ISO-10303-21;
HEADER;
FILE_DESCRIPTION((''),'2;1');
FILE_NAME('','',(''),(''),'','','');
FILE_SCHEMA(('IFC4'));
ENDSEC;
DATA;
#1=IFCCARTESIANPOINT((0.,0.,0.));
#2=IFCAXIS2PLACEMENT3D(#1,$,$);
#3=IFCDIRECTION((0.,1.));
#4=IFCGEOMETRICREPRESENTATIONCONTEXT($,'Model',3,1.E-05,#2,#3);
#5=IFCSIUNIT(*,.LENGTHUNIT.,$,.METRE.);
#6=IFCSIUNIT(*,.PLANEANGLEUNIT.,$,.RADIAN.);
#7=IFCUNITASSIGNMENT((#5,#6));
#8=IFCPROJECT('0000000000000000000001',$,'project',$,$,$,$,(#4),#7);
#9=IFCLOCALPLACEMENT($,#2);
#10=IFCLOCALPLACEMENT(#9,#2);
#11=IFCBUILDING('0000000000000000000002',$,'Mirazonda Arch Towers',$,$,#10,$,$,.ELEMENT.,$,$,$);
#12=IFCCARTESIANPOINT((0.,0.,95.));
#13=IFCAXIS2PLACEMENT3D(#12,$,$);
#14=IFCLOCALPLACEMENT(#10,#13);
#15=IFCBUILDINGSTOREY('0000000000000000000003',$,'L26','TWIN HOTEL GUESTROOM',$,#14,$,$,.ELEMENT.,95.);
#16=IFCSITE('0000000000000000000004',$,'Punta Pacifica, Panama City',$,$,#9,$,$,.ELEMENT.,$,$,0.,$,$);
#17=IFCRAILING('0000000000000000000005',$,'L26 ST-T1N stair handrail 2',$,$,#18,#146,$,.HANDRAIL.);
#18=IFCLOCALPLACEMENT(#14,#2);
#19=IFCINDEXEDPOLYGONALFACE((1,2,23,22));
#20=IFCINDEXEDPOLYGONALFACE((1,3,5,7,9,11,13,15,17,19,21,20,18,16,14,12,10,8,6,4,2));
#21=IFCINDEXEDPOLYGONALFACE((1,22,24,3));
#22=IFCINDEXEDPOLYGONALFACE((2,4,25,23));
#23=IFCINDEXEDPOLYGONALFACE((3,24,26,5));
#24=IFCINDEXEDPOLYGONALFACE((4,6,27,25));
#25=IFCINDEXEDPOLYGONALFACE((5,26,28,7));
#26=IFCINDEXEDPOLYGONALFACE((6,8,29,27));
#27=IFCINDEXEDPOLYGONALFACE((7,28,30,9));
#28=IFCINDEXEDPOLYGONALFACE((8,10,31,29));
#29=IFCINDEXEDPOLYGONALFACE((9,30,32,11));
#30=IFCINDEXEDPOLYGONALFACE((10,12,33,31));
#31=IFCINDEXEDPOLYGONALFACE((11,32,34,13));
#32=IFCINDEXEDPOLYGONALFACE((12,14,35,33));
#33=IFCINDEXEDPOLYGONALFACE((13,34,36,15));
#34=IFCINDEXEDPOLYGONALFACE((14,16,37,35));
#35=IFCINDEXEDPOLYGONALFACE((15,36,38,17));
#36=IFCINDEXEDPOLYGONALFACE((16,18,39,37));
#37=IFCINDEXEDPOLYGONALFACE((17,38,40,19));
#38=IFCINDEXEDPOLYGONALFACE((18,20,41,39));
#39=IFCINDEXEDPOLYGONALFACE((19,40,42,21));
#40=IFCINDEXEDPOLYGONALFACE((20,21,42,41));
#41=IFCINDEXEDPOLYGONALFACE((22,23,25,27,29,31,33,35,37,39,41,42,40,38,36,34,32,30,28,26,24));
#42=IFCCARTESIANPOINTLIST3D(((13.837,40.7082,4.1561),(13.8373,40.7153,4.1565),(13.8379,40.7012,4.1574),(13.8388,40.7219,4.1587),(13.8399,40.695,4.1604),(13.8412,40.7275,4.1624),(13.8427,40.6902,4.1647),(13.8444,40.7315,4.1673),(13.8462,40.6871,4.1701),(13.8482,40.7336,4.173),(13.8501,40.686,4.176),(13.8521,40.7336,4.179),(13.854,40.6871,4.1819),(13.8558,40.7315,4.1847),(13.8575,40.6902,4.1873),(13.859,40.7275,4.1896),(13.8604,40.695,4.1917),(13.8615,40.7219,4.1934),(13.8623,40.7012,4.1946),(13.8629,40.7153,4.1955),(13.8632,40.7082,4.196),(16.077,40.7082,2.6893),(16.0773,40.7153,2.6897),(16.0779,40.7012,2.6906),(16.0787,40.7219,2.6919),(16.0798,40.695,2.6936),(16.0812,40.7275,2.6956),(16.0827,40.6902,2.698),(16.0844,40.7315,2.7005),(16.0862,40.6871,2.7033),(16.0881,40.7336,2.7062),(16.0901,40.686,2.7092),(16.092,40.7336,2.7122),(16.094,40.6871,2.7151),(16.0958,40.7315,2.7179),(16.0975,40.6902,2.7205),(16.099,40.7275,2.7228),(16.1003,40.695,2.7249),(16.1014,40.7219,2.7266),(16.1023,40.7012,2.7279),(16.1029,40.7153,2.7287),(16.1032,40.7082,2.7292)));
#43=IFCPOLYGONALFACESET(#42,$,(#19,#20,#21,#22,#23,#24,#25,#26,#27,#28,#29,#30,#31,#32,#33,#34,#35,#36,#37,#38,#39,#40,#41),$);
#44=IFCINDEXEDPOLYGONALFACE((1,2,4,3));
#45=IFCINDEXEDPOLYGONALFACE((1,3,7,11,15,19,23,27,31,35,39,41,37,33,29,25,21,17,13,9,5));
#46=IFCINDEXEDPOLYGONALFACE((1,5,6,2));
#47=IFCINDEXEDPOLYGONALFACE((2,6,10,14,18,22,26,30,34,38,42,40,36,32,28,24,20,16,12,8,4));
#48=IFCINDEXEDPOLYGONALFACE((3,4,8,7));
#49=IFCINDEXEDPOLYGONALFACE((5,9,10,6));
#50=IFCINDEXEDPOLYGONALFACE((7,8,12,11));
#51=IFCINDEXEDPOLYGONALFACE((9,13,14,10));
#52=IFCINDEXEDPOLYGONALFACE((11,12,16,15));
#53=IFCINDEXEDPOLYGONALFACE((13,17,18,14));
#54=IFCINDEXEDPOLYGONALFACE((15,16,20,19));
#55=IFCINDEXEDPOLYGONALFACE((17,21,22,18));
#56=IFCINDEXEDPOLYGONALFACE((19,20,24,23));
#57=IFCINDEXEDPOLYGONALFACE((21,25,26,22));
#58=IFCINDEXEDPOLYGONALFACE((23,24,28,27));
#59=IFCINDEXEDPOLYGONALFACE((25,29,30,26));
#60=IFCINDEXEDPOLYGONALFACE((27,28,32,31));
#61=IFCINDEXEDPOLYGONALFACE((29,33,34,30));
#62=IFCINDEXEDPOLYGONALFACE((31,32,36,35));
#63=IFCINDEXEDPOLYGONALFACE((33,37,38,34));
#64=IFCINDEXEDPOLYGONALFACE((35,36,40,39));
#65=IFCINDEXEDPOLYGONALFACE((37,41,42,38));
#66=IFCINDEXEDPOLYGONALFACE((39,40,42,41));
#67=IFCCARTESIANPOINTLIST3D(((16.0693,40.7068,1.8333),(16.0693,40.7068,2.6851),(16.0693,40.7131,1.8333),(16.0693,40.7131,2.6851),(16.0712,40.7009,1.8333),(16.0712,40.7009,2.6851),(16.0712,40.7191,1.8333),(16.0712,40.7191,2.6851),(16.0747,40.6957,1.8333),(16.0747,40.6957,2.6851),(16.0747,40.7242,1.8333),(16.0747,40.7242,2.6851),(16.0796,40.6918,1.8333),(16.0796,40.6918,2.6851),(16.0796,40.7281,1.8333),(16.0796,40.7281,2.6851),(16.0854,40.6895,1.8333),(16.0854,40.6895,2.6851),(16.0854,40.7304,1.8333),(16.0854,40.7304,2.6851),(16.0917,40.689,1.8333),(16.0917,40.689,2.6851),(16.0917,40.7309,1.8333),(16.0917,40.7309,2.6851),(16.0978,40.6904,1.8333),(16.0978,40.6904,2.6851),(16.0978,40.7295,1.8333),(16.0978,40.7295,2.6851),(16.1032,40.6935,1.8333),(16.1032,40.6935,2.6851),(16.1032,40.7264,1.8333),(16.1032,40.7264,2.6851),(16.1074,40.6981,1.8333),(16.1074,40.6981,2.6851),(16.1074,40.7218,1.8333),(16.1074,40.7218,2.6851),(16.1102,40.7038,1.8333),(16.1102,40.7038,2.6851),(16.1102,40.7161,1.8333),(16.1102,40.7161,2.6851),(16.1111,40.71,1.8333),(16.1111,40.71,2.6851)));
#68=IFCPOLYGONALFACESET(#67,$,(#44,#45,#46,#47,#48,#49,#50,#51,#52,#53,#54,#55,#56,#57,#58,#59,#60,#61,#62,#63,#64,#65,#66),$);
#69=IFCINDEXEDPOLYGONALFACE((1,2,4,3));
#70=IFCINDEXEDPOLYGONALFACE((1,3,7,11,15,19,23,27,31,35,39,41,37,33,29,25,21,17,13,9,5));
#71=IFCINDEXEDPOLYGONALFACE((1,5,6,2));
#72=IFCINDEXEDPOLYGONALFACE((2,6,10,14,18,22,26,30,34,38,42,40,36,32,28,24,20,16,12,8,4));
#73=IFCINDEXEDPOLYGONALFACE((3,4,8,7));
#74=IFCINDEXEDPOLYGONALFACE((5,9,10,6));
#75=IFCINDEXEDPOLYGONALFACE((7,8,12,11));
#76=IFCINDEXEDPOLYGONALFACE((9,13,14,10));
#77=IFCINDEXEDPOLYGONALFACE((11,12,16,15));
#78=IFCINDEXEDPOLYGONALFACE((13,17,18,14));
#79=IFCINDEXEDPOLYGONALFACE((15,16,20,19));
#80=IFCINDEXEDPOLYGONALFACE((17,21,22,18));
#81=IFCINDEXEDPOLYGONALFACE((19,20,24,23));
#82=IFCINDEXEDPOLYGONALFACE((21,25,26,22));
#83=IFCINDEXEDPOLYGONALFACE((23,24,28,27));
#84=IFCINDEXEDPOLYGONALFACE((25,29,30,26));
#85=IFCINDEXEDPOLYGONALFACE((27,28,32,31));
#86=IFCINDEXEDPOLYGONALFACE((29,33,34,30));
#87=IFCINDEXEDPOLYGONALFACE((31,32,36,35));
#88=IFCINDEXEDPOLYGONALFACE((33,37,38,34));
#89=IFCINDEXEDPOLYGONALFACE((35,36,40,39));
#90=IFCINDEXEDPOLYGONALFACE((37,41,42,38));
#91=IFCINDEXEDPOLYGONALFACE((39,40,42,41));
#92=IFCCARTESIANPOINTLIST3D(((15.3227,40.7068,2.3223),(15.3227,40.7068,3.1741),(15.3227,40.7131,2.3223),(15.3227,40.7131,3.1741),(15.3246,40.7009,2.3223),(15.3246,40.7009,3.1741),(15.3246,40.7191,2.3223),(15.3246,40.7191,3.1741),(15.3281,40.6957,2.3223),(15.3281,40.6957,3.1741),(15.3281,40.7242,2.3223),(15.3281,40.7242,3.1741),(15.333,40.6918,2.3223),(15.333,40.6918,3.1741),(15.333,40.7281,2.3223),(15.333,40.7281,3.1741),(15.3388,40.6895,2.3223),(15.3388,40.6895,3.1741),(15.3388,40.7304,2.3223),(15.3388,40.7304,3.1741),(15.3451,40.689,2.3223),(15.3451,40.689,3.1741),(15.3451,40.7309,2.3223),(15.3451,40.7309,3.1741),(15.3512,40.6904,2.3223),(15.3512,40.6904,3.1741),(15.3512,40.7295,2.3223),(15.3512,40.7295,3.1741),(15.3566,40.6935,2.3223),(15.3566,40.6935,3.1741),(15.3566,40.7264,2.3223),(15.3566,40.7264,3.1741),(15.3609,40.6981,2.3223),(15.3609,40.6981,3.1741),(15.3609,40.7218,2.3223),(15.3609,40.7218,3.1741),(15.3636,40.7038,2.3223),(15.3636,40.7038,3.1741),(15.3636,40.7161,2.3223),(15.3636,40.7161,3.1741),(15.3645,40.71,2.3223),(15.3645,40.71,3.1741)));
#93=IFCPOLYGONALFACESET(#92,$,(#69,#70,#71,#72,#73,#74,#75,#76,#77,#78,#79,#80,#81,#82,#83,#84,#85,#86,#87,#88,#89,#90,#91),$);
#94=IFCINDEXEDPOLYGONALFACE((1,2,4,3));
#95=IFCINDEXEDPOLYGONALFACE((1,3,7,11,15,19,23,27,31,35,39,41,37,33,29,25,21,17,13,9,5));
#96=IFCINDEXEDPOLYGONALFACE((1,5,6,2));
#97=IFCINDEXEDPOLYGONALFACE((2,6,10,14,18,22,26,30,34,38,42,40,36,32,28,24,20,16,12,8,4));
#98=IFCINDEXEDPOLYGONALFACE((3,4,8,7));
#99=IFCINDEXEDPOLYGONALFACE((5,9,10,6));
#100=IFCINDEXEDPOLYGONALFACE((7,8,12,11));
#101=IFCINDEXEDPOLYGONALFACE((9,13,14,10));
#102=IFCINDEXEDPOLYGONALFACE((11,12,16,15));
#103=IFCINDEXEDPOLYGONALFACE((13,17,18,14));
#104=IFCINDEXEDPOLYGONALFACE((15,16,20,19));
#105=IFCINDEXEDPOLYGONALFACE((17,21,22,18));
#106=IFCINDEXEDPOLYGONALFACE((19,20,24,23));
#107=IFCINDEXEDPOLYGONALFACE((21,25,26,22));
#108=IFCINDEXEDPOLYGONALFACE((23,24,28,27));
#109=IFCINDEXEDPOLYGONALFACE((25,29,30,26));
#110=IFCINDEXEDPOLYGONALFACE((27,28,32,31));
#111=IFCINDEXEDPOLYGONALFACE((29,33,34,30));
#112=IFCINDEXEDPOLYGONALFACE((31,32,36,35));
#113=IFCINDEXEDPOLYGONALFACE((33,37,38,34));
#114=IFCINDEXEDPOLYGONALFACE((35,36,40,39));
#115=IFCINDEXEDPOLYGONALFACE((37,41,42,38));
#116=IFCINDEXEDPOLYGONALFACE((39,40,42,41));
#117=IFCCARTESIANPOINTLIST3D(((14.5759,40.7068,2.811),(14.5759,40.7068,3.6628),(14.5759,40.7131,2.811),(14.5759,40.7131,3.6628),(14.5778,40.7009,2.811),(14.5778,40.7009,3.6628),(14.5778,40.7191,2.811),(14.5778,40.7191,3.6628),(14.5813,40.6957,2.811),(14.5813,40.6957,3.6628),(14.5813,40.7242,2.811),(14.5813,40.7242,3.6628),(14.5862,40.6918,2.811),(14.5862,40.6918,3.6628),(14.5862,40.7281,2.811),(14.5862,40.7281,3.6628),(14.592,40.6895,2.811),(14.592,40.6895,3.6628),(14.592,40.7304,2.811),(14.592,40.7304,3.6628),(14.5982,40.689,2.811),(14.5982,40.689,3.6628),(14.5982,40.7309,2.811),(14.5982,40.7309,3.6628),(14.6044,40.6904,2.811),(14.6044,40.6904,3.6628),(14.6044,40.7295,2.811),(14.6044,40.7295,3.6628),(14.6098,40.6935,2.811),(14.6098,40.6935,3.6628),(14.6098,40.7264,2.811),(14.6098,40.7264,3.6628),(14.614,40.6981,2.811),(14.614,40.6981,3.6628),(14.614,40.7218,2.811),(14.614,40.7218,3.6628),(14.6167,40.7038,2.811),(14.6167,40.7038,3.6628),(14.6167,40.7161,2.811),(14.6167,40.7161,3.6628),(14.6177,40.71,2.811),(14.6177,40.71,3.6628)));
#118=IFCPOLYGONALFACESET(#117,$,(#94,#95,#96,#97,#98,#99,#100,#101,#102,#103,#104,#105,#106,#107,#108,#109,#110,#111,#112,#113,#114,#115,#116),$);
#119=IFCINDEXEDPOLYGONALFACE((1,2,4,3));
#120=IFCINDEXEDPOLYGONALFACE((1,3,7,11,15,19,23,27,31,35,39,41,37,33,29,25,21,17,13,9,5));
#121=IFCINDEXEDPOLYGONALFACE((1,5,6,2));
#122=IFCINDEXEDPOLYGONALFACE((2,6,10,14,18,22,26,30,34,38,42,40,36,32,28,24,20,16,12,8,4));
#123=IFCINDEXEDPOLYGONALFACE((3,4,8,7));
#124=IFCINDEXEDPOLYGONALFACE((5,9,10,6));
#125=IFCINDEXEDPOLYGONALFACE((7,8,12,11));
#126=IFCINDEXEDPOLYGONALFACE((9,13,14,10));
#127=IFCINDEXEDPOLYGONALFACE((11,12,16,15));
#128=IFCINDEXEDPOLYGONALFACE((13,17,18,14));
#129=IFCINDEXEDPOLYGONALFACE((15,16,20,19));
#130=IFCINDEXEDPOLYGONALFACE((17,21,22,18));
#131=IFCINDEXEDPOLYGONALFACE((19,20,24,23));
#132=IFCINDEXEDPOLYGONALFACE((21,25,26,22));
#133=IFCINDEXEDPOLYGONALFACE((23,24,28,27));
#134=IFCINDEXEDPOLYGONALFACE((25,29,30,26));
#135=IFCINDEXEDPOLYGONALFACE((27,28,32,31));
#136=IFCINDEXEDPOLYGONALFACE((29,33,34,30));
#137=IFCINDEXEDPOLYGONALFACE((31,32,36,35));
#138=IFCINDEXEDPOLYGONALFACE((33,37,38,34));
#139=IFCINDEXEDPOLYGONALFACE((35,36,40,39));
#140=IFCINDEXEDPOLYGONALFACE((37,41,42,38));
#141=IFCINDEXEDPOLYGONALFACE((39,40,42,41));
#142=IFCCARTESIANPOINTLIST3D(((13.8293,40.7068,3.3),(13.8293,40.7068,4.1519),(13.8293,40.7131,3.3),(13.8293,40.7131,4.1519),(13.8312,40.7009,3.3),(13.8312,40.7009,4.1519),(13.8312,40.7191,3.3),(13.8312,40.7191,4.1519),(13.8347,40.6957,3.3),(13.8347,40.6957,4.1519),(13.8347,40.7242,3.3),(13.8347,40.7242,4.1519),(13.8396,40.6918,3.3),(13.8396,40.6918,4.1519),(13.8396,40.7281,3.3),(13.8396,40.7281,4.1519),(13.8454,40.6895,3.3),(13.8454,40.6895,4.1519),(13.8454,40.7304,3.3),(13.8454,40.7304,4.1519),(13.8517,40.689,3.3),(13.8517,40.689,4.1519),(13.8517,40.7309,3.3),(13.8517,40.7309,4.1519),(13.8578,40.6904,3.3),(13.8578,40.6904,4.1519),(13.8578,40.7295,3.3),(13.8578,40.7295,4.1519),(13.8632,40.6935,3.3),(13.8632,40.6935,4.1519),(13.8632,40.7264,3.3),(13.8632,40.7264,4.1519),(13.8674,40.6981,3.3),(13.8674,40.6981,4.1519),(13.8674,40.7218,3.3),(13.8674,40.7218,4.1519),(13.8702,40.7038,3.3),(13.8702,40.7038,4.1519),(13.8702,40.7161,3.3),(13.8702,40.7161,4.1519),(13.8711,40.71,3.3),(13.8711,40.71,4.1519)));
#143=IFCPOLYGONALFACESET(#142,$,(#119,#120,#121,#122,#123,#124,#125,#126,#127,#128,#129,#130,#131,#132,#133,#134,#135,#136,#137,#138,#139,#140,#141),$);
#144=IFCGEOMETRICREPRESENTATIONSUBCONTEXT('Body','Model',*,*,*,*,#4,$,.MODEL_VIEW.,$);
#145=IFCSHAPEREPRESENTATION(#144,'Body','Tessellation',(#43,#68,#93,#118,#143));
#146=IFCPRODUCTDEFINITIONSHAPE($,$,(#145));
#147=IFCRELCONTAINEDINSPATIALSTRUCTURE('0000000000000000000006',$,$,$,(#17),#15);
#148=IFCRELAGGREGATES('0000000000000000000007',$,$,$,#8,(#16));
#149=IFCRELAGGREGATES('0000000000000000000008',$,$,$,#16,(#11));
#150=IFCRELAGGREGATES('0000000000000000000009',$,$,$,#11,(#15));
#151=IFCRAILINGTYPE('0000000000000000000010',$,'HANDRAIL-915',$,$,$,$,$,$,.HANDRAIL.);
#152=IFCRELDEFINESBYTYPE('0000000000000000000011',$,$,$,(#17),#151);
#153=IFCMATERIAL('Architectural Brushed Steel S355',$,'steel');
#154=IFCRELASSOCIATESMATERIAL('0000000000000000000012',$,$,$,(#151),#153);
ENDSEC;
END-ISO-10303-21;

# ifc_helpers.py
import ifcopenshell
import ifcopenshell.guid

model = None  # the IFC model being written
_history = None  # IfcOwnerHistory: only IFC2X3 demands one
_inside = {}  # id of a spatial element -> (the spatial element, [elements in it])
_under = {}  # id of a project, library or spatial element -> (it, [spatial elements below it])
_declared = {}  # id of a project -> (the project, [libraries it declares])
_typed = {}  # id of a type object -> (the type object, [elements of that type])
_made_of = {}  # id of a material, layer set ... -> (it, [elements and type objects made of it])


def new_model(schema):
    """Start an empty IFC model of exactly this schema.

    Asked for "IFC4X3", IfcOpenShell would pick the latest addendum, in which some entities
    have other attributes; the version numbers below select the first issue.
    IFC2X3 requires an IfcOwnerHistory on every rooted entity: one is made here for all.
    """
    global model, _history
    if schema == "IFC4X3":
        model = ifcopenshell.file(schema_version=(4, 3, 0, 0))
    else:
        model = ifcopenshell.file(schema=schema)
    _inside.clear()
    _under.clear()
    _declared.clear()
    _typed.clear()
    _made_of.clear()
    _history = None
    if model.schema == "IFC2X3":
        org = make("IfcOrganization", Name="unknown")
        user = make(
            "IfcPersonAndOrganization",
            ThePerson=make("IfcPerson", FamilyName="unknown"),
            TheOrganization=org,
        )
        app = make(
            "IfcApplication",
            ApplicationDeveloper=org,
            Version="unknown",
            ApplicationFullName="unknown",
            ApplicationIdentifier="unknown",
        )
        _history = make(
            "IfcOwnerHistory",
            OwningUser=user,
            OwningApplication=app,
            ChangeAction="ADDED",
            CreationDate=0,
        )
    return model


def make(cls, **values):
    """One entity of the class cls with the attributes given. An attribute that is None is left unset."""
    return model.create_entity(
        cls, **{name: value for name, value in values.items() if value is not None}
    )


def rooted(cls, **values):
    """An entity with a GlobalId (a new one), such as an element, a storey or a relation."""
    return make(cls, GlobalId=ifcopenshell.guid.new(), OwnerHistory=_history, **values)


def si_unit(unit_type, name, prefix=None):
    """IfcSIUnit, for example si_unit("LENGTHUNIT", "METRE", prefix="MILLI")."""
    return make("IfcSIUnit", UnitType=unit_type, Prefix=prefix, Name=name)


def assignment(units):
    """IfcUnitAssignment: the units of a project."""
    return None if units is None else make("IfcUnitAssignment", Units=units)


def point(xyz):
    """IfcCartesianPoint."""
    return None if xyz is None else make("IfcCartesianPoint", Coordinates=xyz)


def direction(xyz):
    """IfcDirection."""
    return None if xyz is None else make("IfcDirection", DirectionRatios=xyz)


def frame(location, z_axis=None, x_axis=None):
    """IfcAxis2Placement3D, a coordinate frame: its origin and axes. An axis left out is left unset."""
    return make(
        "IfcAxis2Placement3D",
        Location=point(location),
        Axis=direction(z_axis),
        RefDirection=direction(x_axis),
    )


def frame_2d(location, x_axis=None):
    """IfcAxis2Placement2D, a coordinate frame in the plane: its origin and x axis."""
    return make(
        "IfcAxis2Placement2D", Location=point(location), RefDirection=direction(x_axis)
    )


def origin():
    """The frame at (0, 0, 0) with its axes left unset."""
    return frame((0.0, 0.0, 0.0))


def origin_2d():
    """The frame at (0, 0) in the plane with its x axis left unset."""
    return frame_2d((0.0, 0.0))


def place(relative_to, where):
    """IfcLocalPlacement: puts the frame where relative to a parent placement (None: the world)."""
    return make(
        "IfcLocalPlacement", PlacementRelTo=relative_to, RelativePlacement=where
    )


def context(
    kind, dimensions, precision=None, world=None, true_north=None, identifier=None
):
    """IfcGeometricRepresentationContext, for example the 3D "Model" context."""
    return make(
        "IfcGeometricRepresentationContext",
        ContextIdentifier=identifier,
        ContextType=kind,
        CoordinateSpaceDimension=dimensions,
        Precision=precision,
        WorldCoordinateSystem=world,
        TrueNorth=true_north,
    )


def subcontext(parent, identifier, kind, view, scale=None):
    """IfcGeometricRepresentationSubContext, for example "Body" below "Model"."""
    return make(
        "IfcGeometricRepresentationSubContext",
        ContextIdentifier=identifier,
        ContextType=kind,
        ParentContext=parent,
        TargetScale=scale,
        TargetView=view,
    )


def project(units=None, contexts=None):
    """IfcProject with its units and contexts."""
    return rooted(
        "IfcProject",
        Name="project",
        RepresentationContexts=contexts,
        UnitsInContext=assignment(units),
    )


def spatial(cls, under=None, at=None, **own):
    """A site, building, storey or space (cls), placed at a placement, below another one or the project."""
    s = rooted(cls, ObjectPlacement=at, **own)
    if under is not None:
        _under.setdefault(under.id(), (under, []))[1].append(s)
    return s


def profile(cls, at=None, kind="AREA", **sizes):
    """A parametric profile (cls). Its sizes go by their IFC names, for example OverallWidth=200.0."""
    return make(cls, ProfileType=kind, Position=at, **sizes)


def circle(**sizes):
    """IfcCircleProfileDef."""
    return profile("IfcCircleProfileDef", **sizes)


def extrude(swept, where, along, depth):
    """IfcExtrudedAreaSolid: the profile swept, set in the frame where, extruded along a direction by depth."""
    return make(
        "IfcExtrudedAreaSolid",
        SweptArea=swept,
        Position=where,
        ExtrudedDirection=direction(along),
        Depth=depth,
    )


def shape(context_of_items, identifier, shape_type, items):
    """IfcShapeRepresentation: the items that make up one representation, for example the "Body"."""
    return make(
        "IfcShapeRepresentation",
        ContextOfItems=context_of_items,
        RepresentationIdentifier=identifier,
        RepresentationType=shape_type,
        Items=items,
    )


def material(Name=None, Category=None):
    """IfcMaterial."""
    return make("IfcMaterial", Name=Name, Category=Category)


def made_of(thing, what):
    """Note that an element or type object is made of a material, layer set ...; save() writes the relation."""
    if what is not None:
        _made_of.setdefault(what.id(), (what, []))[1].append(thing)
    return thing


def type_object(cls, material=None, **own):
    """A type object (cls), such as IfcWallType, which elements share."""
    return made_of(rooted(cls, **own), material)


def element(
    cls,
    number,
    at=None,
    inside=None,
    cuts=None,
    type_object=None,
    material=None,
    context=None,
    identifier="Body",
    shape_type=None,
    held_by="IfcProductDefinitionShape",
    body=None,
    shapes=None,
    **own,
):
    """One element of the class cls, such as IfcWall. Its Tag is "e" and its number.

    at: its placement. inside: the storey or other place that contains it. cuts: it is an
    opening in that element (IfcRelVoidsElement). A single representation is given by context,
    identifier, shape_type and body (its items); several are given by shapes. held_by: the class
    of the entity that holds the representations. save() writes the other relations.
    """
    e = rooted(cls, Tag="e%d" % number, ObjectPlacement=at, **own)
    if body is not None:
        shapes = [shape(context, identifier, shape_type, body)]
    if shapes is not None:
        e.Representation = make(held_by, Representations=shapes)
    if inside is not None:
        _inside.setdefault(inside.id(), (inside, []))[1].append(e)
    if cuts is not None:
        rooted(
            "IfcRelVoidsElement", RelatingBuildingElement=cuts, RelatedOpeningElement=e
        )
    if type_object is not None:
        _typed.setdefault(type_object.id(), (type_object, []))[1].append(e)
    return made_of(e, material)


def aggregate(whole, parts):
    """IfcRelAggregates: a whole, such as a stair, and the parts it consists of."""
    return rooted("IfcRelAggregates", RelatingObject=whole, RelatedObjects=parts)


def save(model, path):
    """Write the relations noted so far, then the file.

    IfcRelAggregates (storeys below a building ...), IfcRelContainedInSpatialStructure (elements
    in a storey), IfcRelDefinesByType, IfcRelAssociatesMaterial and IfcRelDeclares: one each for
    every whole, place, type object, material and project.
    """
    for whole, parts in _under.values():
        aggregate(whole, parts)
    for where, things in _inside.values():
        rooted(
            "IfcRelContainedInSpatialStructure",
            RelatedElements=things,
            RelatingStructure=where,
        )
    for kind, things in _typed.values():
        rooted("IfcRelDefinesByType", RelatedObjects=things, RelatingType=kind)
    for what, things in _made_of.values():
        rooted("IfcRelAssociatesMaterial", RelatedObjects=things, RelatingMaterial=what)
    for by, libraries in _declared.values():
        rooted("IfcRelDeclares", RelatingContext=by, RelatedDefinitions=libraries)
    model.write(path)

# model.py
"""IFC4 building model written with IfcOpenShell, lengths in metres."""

from ifc_helpers import new_model, si_unit, direction, frame, origin, origin_2d, place, context, subcontext, project, spatial, circle, extrude, material, type_object, element, save


model = new_model("IFC4")

# Units and contexts
model_context = context("Model", 3, precision=1e-05, world=origin(), true_north=direction((0.0, 1.0)))
body_context = subcontext(model_context, "Body", "Model", "MODEL_VIEW")
ifc_project = project(units=[si_unit("LENGTHUNIT", "METRE"), si_unit("PLANEANGLEUNIT", "RADIAN")], contexts=[model_context])

# Site, building, storey
site_placement = place(None, origin())
site = spatial("IfcSite", under=ifc_project, at=site_placement, Name="Punta Pacifica, Panama City", CompositionType="ELEMENT", RefElevation=0.0)
building_placement = place(site_placement, origin())
building = spatial("IfcBuilding", under=site, at=building_placement, Name="Mirazonda Arch Towers", CompositionType="ELEMENT")
storey_placement = place(building_placement, frame((0.0, 0.0, 95.0)))
storey = spatial("IfcBuildingStorey", under=building, at=storey_placement, Name="L26", Description="TWIN HOTEL GUESTROOM", CompositionType="ELEMENT", Elevation=95.0)

# Shared definitions
ifc_material_1 = material(Name="Architectural Brushed Steel S355", Category="steel")

# Railing
railing_type_1 = type_object("IfcRailingType", Name="HANDRAIL-915", PredefinedType="HANDRAIL", material=ifc_material_1)
railing_1_placement = place(storey_placement, frame((16.0901, 40.71, 1.8333)))
element("IfcRailing", 1, at=railing_1_placement, inside=storey, type_object=railing_type_1, Name="L26 ST-T1N stair handrail 2", PredefinedType="HANDRAIL", context=body_context, shape_type="SweptSolid", body=[
    extrude(circle(Radius=0.0239, at=origin_2d()), frame((0.0, 0.0, 0.876), z_axis=(-0.836595, 0.0, 0.547822), x_axis=(0.0, -1.0, 0.0)), (0.0, 0.0, 1.0), 2.6775),
    extrude(circle(Radius=0.021, at=origin_2d()), origin(), (0.0, 0.0, 1.0), 0.8518),
    extrude(circle(Radius=0.021, at=origin_2d()), frame((-0.7466, 0.0, 0.489)), (0.0, 0.0, 1.0), 0.8518),
    extrude(circle(Radius=0.021, at=origin_2d()), frame((-1.4934, 0.0, 0.9778)), (0.0, 0.0, 1.0), 0.8518),
    extrude(circle(Radius=0.021, at=origin_2d()), frame((-2.24, 0.0, 1.4668)), (0.0, 0.0, 1.0), 0.8518),
])

save(model, "model.ifc")
